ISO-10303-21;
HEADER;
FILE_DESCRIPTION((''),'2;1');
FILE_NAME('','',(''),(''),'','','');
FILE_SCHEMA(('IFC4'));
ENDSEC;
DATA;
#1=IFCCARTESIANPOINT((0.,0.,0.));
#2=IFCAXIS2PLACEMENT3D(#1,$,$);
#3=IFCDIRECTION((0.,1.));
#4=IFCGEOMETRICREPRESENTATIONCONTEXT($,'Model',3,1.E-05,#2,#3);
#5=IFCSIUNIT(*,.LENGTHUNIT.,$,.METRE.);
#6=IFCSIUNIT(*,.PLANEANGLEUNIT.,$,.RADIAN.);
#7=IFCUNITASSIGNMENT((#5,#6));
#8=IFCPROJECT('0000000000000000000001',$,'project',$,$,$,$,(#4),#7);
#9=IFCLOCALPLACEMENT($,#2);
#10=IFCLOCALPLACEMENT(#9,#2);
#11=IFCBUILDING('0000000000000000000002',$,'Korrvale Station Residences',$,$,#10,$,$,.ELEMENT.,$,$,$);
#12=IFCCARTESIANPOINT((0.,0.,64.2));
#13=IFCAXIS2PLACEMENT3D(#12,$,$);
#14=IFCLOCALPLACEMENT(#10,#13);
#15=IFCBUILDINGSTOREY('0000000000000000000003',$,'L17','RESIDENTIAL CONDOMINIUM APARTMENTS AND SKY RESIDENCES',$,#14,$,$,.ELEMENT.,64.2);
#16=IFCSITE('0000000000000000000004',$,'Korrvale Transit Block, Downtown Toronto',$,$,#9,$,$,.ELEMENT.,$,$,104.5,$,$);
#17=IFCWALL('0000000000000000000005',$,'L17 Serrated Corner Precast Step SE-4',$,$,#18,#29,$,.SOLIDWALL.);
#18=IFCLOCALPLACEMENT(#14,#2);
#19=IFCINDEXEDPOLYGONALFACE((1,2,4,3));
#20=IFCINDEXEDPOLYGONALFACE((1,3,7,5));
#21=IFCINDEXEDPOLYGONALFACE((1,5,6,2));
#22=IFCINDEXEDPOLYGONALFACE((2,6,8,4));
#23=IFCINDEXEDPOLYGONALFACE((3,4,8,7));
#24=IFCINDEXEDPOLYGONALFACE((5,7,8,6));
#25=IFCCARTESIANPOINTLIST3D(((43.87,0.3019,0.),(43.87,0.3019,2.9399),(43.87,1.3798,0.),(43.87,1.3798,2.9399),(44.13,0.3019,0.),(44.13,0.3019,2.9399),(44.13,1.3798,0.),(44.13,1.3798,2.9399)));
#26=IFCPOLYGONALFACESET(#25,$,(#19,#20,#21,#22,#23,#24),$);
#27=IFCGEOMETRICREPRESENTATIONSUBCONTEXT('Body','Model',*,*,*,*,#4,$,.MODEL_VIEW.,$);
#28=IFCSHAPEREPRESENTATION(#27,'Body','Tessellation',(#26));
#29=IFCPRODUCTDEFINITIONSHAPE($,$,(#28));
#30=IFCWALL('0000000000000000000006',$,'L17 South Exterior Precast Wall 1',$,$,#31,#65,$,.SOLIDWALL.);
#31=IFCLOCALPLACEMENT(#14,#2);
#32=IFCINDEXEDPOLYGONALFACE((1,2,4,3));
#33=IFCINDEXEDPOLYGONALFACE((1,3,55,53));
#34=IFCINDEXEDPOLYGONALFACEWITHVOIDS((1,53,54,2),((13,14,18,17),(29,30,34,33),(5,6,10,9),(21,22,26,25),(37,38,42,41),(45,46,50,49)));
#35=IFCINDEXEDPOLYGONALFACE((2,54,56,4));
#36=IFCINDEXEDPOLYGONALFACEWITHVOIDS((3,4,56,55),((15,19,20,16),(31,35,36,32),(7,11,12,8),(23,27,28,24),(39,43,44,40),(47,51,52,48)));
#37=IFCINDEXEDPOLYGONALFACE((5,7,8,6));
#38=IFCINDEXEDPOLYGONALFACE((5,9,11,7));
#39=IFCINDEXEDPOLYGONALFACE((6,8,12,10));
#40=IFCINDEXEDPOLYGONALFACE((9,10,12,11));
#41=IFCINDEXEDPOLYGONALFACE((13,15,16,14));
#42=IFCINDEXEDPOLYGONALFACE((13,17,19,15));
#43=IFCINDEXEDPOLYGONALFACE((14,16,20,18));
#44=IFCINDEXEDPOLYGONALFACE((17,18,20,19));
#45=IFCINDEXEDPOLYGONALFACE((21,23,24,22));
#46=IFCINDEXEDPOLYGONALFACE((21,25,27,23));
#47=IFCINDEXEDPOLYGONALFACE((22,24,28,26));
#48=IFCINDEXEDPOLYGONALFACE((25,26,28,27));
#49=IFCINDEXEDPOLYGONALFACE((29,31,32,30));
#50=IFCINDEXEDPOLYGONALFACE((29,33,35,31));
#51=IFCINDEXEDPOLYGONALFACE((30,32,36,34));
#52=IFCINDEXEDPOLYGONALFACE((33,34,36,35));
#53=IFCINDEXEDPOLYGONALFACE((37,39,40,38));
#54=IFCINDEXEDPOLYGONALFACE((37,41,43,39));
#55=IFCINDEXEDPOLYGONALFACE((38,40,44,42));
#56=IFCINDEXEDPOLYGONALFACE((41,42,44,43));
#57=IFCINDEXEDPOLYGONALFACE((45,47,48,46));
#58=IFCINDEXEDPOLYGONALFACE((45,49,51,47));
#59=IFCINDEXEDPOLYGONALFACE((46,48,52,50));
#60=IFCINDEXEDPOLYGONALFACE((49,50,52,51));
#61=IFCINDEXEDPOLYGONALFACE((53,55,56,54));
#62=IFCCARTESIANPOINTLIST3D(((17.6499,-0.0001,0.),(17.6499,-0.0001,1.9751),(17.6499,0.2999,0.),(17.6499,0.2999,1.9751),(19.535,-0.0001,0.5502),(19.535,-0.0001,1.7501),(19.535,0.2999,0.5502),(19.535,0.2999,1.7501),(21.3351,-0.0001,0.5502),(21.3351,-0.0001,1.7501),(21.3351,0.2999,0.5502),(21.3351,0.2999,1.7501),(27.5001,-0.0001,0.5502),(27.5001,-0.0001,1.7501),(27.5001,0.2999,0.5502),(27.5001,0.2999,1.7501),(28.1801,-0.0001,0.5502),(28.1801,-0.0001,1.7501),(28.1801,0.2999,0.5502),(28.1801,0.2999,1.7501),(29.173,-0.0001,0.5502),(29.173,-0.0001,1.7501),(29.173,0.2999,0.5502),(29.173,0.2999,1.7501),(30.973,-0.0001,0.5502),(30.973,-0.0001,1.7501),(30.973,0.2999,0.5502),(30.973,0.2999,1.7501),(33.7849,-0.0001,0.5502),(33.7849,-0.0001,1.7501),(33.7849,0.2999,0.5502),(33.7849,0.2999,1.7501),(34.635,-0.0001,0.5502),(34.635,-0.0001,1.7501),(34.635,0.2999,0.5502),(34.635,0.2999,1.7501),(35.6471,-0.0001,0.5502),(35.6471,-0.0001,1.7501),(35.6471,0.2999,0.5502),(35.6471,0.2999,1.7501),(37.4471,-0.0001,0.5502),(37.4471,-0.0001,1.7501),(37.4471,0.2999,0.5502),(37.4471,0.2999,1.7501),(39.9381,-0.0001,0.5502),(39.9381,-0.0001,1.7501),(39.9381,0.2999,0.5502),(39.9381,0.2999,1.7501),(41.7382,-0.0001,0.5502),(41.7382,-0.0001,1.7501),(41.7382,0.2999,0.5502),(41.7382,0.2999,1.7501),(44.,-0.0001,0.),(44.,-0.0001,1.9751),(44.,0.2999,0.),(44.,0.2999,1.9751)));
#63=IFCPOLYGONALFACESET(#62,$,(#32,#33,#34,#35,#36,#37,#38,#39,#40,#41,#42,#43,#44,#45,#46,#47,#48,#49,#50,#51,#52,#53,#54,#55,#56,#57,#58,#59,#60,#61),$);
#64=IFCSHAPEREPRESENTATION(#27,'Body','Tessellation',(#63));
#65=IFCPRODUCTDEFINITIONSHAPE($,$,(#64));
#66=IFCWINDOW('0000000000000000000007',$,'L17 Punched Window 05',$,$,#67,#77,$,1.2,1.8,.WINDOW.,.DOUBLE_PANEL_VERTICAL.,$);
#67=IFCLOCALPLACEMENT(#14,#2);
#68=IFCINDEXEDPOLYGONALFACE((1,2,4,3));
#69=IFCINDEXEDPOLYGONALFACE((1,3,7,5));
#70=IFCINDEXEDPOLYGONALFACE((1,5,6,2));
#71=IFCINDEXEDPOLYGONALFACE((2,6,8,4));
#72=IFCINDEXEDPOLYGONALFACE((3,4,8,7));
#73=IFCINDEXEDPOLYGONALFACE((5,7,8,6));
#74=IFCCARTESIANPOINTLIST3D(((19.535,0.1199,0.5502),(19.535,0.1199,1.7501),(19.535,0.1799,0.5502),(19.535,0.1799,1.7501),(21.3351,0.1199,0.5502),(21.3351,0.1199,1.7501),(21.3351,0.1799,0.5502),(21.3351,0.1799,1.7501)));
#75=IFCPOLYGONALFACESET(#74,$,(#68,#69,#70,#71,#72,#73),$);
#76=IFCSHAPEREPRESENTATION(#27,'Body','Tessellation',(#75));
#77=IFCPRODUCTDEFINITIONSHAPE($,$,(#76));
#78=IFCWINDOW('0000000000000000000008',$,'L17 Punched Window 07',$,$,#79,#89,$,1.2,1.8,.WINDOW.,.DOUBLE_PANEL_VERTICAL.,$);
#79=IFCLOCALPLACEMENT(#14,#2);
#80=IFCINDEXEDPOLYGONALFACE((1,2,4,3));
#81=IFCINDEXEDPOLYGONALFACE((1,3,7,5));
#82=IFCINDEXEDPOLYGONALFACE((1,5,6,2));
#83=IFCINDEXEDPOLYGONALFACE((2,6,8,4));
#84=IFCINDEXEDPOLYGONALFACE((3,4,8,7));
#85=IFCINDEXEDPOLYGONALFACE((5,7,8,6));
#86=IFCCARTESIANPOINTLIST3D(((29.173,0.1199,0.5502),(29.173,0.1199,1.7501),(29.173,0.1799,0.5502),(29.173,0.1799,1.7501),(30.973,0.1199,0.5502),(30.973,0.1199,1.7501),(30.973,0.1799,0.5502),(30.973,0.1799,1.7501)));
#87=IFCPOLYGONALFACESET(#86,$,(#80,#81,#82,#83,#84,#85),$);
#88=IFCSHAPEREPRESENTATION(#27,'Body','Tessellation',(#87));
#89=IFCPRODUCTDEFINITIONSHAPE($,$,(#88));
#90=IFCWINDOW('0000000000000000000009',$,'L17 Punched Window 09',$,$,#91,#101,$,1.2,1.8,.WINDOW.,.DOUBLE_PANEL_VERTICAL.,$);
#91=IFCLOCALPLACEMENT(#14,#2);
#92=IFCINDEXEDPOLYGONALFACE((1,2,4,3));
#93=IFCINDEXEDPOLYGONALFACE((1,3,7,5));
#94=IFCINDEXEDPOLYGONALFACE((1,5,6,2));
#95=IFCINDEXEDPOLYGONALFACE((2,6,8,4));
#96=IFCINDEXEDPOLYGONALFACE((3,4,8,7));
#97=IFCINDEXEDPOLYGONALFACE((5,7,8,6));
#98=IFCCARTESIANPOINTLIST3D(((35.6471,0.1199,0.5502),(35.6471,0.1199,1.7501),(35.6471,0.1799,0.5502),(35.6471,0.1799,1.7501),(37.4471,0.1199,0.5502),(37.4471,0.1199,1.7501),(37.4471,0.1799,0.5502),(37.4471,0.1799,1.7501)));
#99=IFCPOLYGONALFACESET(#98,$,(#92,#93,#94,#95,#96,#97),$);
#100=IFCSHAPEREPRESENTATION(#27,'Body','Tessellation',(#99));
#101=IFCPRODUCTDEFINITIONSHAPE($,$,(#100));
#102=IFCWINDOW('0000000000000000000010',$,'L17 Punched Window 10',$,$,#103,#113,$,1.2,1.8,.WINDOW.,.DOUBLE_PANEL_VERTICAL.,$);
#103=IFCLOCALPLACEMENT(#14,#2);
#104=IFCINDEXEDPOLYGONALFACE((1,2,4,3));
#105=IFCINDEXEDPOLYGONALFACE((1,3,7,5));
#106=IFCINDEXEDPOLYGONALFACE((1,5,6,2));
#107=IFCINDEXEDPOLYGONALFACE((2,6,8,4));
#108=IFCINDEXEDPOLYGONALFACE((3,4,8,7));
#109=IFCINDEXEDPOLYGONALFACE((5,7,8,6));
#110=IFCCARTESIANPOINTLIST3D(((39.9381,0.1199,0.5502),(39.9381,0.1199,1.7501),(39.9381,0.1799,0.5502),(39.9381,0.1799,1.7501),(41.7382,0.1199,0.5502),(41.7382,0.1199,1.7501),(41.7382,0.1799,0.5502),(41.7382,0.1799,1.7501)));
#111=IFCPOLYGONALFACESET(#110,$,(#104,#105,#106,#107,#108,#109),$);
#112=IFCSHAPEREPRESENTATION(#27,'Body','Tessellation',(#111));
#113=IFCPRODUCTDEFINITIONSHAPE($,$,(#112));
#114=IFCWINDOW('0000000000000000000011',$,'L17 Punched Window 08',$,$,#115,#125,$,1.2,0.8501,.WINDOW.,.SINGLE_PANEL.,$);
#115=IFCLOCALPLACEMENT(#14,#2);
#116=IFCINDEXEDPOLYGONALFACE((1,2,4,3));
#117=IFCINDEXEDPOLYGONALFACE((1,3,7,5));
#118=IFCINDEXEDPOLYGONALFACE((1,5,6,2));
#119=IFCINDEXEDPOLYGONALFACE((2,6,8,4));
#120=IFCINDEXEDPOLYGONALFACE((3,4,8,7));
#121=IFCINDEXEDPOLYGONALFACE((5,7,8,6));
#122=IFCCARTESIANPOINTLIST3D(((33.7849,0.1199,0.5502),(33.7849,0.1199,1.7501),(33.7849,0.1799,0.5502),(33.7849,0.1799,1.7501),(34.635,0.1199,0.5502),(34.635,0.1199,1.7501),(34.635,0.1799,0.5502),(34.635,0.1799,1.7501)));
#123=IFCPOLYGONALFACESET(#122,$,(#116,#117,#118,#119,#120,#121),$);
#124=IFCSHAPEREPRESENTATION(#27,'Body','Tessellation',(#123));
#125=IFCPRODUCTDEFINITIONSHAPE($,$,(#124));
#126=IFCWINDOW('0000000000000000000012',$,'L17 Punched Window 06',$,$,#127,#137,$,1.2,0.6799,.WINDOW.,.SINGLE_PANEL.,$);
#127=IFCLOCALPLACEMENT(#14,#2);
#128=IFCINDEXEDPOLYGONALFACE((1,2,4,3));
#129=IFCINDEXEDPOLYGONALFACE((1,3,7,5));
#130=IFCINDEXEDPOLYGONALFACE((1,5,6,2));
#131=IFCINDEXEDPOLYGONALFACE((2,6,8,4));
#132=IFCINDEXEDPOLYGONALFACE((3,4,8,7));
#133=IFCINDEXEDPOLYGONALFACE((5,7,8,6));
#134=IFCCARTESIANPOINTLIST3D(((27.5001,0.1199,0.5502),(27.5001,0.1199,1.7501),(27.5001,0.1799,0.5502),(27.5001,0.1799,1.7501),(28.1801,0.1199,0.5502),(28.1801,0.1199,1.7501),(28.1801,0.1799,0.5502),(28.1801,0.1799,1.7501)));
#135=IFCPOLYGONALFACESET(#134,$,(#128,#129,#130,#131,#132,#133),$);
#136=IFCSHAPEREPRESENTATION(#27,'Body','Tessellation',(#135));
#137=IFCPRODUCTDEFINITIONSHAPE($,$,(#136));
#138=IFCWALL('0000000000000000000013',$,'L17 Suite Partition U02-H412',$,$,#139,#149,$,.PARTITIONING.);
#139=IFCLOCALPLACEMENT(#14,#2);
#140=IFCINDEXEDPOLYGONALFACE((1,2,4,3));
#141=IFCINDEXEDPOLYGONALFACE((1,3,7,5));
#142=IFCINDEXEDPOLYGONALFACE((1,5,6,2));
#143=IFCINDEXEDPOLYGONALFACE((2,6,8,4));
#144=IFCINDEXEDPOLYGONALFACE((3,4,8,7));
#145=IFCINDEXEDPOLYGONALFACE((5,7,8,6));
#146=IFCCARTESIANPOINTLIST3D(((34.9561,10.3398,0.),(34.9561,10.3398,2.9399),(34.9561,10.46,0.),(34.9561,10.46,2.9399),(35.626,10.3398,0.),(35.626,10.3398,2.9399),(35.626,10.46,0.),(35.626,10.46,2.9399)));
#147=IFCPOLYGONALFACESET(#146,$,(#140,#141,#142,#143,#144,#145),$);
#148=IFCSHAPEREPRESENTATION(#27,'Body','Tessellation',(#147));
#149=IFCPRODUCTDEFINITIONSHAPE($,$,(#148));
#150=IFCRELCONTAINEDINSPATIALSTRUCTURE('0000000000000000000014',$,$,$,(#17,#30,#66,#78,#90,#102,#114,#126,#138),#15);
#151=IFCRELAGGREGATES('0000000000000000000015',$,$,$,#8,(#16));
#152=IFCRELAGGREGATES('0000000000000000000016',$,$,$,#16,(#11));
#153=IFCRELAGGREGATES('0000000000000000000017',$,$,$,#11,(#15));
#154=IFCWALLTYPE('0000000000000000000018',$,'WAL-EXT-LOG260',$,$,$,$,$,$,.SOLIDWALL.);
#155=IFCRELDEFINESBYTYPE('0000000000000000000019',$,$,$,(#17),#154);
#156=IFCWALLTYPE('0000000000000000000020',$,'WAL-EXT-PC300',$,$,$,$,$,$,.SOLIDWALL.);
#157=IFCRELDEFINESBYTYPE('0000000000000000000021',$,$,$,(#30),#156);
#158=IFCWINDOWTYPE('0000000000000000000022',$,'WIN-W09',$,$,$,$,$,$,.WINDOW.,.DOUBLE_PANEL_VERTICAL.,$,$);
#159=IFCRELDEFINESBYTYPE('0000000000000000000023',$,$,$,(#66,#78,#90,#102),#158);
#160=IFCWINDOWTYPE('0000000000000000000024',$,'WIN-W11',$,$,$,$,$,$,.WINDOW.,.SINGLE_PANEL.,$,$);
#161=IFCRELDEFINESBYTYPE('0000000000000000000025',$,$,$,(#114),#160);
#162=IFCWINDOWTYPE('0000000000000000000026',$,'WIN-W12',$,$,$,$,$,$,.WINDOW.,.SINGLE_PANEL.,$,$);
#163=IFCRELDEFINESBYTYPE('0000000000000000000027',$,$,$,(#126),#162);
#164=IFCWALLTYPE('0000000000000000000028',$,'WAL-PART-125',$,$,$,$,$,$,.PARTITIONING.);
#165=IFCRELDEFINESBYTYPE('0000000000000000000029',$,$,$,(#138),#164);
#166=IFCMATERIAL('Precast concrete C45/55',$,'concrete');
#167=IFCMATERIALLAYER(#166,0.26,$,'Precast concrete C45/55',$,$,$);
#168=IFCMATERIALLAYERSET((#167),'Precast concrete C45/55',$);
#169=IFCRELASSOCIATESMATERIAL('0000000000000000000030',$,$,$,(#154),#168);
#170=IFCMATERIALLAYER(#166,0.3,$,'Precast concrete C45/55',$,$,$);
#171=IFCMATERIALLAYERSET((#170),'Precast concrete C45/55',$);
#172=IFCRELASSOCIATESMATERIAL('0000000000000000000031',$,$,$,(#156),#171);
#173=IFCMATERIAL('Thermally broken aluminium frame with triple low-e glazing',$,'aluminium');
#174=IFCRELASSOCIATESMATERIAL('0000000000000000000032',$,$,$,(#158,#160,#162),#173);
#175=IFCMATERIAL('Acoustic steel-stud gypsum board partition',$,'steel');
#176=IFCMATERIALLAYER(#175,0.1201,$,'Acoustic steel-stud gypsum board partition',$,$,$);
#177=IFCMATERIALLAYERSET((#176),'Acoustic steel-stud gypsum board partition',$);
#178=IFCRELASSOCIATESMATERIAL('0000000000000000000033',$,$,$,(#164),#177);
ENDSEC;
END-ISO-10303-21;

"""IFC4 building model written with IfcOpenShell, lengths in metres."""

from ifc_helpers import new_model, si_unit, direction, frame, frame_2d, origin, place, context, subcontext, project, spatial, rectangle, extrude, material, layer, layer_set, type_object, element, fill, save


model = new_model("IFC4")

# Units and contexts
model_context = context("Model", 3, precision=1e-05, world=origin(), true_north=direction((0.0, 1.0)))
body_context = subcontext(model_context, "Body", "Model", "MODEL_VIEW")
ifc_project = project(units=[si_unit("LENGTHUNIT", "METRE"), si_unit("PLANEANGLEUNIT", "RADIAN")], contexts=[model_context])

# Site, building, storey
site_placement = place(None, origin())
site = spatial("IfcSite", under=ifc_project, at=site_placement, Name="Korrvale Transit Block, Downtown Toronto", CompositionType="ELEMENT", RefElevation=104.5)
building_placement = place(site_placement, origin())
building = spatial("IfcBuilding", under=site, at=building_placement, Name="Korrvale Station Residences", CompositionType="ELEMENT")
storey_placement = place(building_placement, frame((0.0, 0.0, 64.2)))
storey = spatial("IfcBuildingStorey", under=building, at=storey_placement, Name="L17", Description="RESIDENTIAL CONDOMINIUM APARTMENTS AND SKY RESIDENCES", CompositionType="ELEMENT", Elevation=64.2)

# Wall
ifc_material_1 = material(Name="Precast concrete C45/55", Category="concrete")
ifc_layer_1 = layer(ifc_material_1, 0.26, Name="Precast concrete C45/55")
ifc_layer_set_1 = layer_set([ifc_layer_1], Name="Precast concrete C45/55")
wall_type_1 = type_object("IfcWallType", Name="WAL-EXT-LOG260", PredefinedType="SOLIDWALL", material=ifc_layer_set_1)
wall_1_placement = place(storey_placement, frame((44.0, 1.3799, 0.0), z_axis=(0.0, 0.0, 1.0), x_axis=(0.0, -1.0, 0.0)))
element("IfcWall", 1, at=wall_1_placement, inside=storey, type_object=wall_type_1, Name="L17 Serrated Corner Precast Step SE-4", PredefinedType="SOLIDWALL", context=body_context, shape_type="SweptSolid", body=[
    extrude(rectangle(XDim=1.0779, YDim=0.26, at=frame_2d((0.5391, 0.0))), origin(), (0.0, 0.0, 1.0), 2.9399),
])

# Wall, openings, windows
ifc_layer_2 = layer(ifc_material_1, 0.3, Name="Precast concrete C45/55")
ifc_layer_set_2 = layer_set([ifc_layer_2], Name="Precast concrete C45/55")
wall_type_2 = type_object("IfcWallType", Name="WAL-EXT-PC300", PredefinedType="SOLIDWALL", material=ifc_layer_set_2)
wall_2_placement = place(storey_placement, frame((44.0, 0.1499, 0.0), z_axis=(0.0, 0.0, 1.0), x_axis=(-1.0, 0.0, 0.0)))
wall_2 = element("IfcWall", 2, at=wall_2_placement, inside=storey, type_object=wall_type_2, Name="L17 South Exterior Precast Wall 1", PredefinedType="SOLIDWALL", context=body_context, shape_type="SweptSolid", body=[
    extrude(rectangle(XDim=26.3501, YDim=0.3, at=frame_2d((13.175, 0.0))), origin(), (0.0, 0.0, 1.0), 1.9751),
])
opening_1_placement = place(wall_2_placement, frame((22.665, 0.0, 0.55)))
opening_1 = element("IfcOpeningElement", 3, at=opening_1_placement, cuts=wall_2, PredefinedType="OPENING", context=body_context, shape_type="SweptSolid", body=[
    extrude(rectangle(XDim=1.8, YDim=1.2, at=frame_2d((0.8999, 0.6001))), frame((0.0, 0.1602, 0.0), z_axis=(0.0, -1.0, 0.0), x_axis=(1.0, 0.0, 0.0)), (0.0, 0.0, 1.0), 0.3201),
])
opening_2_placement = place(wall_2_placement, frame((15.8201, 0.0, 0.55)))
opening_2 = element("IfcOpeningElement", 4, at=opening_2_placement, cuts=wall_2, PredefinedType="OPENING", context=body_context, shape_type="SweptSolid", body=[
    extrude(rectangle(XDim=0.6799, YDim=1.2, at=frame_2d((0.3398, 0.6001))), frame((0.0, 0.1602, 0.0), z_axis=(0.0, -1.0, 0.0), x_axis=(1.0, 0.0, 0.0)), (0.0, 0.0, 1.0), 0.3201),
])
opening_3_placement = place(wall_2_placement, frame((13.0271, 0.0, 0.55)))
opening_3 = element("IfcOpeningElement", 5, at=opening_3_placement, cuts=wall_2, PredefinedType="OPENING", context=body_context, shape_type="SweptSolid", body=[
    extrude(rectangle(XDim=1.8, YDim=1.2, at=frame_2d((0.8999, 0.6001))), frame((0.0, 0.1602, 0.0), z_axis=(0.0, -1.0, 0.0), x_axis=(1.0, 0.0, 0.0)), (0.0, 0.0, 1.0), 0.3201),
])
opening_4_placement = place(wall_2_placement, frame((9.365, 0.0, 0.55)))
opening_4 = element("IfcOpeningElement", 6, at=opening_4_placement, cuts=wall_2, PredefinedType="OPENING", context=body_context, shape_type="SweptSolid", body=[
    extrude(rectangle(XDim=0.8501, YDim=1.2, at=frame_2d((0.425, 0.6001))), frame((0.0, 0.1602, 0.0), z_axis=(0.0, -1.0, 0.0), x_axis=(1.0, 0.0, 0.0)), (0.0, 0.0, 1.0), 0.3201),
])
opening_5_placement = place(wall_2_placement, frame((6.553, 0.0, 0.55)))
opening_5 = element("IfcOpeningElement", 7, at=opening_5_placement, cuts=wall_2, PredefinedType="OPENING", context=body_context, shape_type="SweptSolid", body=[
    extrude(rectangle(XDim=1.8, YDim=1.2, at=frame_2d((0.8999, 0.6001))), frame((0.0, 0.1602, 0.0), z_axis=(0.0, -1.0, 0.0), x_axis=(1.0, 0.0, 0.0)), (0.0, 0.0, 1.0), 0.3201),
])
opening_6_placement = place(wall_2_placement, frame((2.262, 0.0, 0.55)))
opening_6 = element("IfcOpeningElement", 8, at=opening_6_placement, cuts=wall_2, PredefinedType="OPENING", context=body_context, shape_type="SweptSolid", body=[
    extrude(rectangle(XDim=1.8, YDim=1.2, at=frame_2d((0.8999, 0.6001))), frame((0.0, 0.1602, 0.0), z_axis=(0.0, -1.0, 0.0), x_axis=(1.0, 0.0, 0.0)), (0.0, 0.0, 1.0), 0.3201),
])
ifc_material_2 = material(Name="Thermally broken aluminium frame with triple low-e glazing", Category="aluminium")
window_type_1 = type_object("IfcWindowType", Name="WIN-W09", PartitioningType="DOUBLE_PANEL_VERTICAL", PredefinedType="WINDOW", material=ifc_material_2)
window_1_placement = place(opening_1_placement, origin())
window_1 = element("IfcWindow", 9, at=window_1_placement, inside=storey, type_object=window_type_1, Name="L17 Punched Window 05", OverallHeight=1.2, OverallWidth=1.8, PartitioningType="DOUBLE_PANEL_VERTICAL", PredefinedType="WINDOW", context=body_context, shape_type="SweptSolid", body=[
    extrude(rectangle(XDim=1.8, YDim=1.2, at=frame_2d((0.8999, 0.6001))), frame((0.0, 0.03, 0.0), z_axis=(0.0, -1.0, 0.0), x_axis=(1.0, 0.0, 0.0)), (0.0, 0.0, 1.0), 0.0601),
])
fill(opening_1, window_1)
window_2_placement = place(opening_3_placement, origin())
window_2 = element("IfcWindow", 10, at=window_2_placement, inside=storey, type_object=window_type_1, Name="L17 Punched Window 07", OverallHeight=1.2, OverallWidth=1.8, PartitioningType="DOUBLE_PANEL_VERTICAL", PredefinedType="WINDOW", context=body_context, shape_type="SweptSolid", body=[
    extrude(rectangle(XDim=1.8, YDim=1.2, at=frame_2d((0.8999, 0.6001))), frame((0.0, 0.03, 0.0), z_axis=(0.0, -1.0, 0.0), x_axis=(1.0, 0.0, 0.0)), (0.0, 0.0, 1.0), 0.0601),
])
fill(opening_3, window_2)
window_3_placement = place(opening_5_placement, origin())
window_3 = element("IfcWindow", 11, at=window_3_placement, inside=storey, type_object=window_type_1, Name="L17 Punched Window 09", OverallHeight=1.2, OverallWidth=1.8, PartitioningType="DOUBLE_PANEL_VERTICAL", PredefinedType="WINDOW", context=body_context, shape_type="SweptSolid", body=[
    extrude(rectangle(XDim=1.8, YDim=1.2, at=frame_2d((0.8999, 0.6001))), frame((0.0, 0.03, 0.0), z_axis=(0.0, -1.0, 0.0), x_axis=(1.0, 0.0, 0.0)), (0.0, 0.0, 1.0), 0.0601),
])
fill(opening_5, window_3)
window_4_placement = place(opening_6_placement, origin())
window_4 = element("IfcWindow", 12, at=window_4_placement, inside=storey, type_object=window_type_1, Name="L17 Punched Window 10", OverallHeight=1.2, OverallWidth=1.8, PartitioningType="DOUBLE_PANEL_VERTICAL", PredefinedType="WINDOW", context=body_context, shape_type="SweptSolid", body=[
    extrude(rectangle(XDim=1.8, YDim=1.2, at=frame_2d((0.8999, 0.6001))), frame((0.0, 0.03, 0.0), z_axis=(0.0, -1.0, 0.0), x_axis=(1.0, 0.0, 0.0)), (0.0, 0.0, 1.0), 0.0601),
])
fill(opening_6, window_4)
window_type_2 = type_object("IfcWindowType", Name="WIN-W11", PartitioningType="SINGLE_PANEL", PredefinedType="WINDOW", material=ifc_material_2)
window_5_placement = place(opening_4_placement, origin())
window_5 = element("IfcWindow", 13, at=window_5_placement, inside=storey, type_object=window_type_2, Name="L17 Punched Window 08", OverallHeight=1.2, OverallWidth=0.8501, PartitioningType="SINGLE_PANEL", PredefinedType="WINDOW", context=body_context, shape_type="SweptSolid", body=[
    extrude(rectangle(XDim=0.8501, YDim=1.2, at=frame_2d((0.425, 0.6001))), frame((0.0, 0.03, 0.0), z_axis=(0.0, -1.0, 0.0), x_axis=(1.0, 0.0, 0.0)), (0.0, 0.0, 1.0), 0.0601),
])
fill(opening_4, window_5)
window_type_3 = type_object("IfcWindowType", Name="WIN-W12", PartitioningType="SINGLE_PANEL", PredefinedType="WINDOW", material=ifc_material_2)
window_6_placement = place(opening_2_placement, origin())
window_6 = element("IfcWindow", 14, at=window_6_placement, inside=storey, type_object=window_type_3, Name="L17 Punched Window 06", OverallHeight=1.2, OverallWidth=0.6799, PartitioningType="SINGLE_PANEL", PredefinedType="WINDOW", context=body_context, shape_type="SweptSolid", body=[
    extrude(rectangle(XDim=0.6799, YDim=1.2, at=frame_2d((0.3398, 0.6001))), frame((0.0, 0.03, 0.0), z_axis=(0.0, -1.0, 0.0), x_axis=(1.0, 0.0, 0.0)), (0.0, 0.0, 1.0), 0.0601),
])
fill(opening_2, window_6)

# Wall
ifc_material_3 = material(Name="Acoustic steel-stud gypsum board partition", Category="steel")
ifc_layer_3 = layer(ifc_material_3, 0.1201, Name="Acoustic steel-stud gypsum board partition")
ifc_layer_set_3 = layer_set([ifc_layer_3], Name="Acoustic steel-stud gypsum board partition")
wall_type_3 = type_object("IfcWallType", Name="WAL-PART-125", PredefinedType="PARTITIONING", material=ifc_layer_set_3)
wall_3_placement = place(storey_placement, frame((34.9561, 10.3999, 0.0), z_axis=(0.0, 0.0, 1.0), x_axis=(1.0, 0.0, 0.0)))
element("IfcWall", 15, at=wall_3_placement, inside=storey, type_object=wall_type_3, Name="L17 Suite Partition U02-H412", PredefinedType="PARTITIONING", context=body_context, shape_type="SweptSolid", body=[
    extrude(rectangle(XDim=0.6699, YDim=0.1201, at=frame_2d((0.335, 0.0))), origin(), (0.0, 0.0, 1.0), 2.9399),
])

save(model, "model.ifc")
